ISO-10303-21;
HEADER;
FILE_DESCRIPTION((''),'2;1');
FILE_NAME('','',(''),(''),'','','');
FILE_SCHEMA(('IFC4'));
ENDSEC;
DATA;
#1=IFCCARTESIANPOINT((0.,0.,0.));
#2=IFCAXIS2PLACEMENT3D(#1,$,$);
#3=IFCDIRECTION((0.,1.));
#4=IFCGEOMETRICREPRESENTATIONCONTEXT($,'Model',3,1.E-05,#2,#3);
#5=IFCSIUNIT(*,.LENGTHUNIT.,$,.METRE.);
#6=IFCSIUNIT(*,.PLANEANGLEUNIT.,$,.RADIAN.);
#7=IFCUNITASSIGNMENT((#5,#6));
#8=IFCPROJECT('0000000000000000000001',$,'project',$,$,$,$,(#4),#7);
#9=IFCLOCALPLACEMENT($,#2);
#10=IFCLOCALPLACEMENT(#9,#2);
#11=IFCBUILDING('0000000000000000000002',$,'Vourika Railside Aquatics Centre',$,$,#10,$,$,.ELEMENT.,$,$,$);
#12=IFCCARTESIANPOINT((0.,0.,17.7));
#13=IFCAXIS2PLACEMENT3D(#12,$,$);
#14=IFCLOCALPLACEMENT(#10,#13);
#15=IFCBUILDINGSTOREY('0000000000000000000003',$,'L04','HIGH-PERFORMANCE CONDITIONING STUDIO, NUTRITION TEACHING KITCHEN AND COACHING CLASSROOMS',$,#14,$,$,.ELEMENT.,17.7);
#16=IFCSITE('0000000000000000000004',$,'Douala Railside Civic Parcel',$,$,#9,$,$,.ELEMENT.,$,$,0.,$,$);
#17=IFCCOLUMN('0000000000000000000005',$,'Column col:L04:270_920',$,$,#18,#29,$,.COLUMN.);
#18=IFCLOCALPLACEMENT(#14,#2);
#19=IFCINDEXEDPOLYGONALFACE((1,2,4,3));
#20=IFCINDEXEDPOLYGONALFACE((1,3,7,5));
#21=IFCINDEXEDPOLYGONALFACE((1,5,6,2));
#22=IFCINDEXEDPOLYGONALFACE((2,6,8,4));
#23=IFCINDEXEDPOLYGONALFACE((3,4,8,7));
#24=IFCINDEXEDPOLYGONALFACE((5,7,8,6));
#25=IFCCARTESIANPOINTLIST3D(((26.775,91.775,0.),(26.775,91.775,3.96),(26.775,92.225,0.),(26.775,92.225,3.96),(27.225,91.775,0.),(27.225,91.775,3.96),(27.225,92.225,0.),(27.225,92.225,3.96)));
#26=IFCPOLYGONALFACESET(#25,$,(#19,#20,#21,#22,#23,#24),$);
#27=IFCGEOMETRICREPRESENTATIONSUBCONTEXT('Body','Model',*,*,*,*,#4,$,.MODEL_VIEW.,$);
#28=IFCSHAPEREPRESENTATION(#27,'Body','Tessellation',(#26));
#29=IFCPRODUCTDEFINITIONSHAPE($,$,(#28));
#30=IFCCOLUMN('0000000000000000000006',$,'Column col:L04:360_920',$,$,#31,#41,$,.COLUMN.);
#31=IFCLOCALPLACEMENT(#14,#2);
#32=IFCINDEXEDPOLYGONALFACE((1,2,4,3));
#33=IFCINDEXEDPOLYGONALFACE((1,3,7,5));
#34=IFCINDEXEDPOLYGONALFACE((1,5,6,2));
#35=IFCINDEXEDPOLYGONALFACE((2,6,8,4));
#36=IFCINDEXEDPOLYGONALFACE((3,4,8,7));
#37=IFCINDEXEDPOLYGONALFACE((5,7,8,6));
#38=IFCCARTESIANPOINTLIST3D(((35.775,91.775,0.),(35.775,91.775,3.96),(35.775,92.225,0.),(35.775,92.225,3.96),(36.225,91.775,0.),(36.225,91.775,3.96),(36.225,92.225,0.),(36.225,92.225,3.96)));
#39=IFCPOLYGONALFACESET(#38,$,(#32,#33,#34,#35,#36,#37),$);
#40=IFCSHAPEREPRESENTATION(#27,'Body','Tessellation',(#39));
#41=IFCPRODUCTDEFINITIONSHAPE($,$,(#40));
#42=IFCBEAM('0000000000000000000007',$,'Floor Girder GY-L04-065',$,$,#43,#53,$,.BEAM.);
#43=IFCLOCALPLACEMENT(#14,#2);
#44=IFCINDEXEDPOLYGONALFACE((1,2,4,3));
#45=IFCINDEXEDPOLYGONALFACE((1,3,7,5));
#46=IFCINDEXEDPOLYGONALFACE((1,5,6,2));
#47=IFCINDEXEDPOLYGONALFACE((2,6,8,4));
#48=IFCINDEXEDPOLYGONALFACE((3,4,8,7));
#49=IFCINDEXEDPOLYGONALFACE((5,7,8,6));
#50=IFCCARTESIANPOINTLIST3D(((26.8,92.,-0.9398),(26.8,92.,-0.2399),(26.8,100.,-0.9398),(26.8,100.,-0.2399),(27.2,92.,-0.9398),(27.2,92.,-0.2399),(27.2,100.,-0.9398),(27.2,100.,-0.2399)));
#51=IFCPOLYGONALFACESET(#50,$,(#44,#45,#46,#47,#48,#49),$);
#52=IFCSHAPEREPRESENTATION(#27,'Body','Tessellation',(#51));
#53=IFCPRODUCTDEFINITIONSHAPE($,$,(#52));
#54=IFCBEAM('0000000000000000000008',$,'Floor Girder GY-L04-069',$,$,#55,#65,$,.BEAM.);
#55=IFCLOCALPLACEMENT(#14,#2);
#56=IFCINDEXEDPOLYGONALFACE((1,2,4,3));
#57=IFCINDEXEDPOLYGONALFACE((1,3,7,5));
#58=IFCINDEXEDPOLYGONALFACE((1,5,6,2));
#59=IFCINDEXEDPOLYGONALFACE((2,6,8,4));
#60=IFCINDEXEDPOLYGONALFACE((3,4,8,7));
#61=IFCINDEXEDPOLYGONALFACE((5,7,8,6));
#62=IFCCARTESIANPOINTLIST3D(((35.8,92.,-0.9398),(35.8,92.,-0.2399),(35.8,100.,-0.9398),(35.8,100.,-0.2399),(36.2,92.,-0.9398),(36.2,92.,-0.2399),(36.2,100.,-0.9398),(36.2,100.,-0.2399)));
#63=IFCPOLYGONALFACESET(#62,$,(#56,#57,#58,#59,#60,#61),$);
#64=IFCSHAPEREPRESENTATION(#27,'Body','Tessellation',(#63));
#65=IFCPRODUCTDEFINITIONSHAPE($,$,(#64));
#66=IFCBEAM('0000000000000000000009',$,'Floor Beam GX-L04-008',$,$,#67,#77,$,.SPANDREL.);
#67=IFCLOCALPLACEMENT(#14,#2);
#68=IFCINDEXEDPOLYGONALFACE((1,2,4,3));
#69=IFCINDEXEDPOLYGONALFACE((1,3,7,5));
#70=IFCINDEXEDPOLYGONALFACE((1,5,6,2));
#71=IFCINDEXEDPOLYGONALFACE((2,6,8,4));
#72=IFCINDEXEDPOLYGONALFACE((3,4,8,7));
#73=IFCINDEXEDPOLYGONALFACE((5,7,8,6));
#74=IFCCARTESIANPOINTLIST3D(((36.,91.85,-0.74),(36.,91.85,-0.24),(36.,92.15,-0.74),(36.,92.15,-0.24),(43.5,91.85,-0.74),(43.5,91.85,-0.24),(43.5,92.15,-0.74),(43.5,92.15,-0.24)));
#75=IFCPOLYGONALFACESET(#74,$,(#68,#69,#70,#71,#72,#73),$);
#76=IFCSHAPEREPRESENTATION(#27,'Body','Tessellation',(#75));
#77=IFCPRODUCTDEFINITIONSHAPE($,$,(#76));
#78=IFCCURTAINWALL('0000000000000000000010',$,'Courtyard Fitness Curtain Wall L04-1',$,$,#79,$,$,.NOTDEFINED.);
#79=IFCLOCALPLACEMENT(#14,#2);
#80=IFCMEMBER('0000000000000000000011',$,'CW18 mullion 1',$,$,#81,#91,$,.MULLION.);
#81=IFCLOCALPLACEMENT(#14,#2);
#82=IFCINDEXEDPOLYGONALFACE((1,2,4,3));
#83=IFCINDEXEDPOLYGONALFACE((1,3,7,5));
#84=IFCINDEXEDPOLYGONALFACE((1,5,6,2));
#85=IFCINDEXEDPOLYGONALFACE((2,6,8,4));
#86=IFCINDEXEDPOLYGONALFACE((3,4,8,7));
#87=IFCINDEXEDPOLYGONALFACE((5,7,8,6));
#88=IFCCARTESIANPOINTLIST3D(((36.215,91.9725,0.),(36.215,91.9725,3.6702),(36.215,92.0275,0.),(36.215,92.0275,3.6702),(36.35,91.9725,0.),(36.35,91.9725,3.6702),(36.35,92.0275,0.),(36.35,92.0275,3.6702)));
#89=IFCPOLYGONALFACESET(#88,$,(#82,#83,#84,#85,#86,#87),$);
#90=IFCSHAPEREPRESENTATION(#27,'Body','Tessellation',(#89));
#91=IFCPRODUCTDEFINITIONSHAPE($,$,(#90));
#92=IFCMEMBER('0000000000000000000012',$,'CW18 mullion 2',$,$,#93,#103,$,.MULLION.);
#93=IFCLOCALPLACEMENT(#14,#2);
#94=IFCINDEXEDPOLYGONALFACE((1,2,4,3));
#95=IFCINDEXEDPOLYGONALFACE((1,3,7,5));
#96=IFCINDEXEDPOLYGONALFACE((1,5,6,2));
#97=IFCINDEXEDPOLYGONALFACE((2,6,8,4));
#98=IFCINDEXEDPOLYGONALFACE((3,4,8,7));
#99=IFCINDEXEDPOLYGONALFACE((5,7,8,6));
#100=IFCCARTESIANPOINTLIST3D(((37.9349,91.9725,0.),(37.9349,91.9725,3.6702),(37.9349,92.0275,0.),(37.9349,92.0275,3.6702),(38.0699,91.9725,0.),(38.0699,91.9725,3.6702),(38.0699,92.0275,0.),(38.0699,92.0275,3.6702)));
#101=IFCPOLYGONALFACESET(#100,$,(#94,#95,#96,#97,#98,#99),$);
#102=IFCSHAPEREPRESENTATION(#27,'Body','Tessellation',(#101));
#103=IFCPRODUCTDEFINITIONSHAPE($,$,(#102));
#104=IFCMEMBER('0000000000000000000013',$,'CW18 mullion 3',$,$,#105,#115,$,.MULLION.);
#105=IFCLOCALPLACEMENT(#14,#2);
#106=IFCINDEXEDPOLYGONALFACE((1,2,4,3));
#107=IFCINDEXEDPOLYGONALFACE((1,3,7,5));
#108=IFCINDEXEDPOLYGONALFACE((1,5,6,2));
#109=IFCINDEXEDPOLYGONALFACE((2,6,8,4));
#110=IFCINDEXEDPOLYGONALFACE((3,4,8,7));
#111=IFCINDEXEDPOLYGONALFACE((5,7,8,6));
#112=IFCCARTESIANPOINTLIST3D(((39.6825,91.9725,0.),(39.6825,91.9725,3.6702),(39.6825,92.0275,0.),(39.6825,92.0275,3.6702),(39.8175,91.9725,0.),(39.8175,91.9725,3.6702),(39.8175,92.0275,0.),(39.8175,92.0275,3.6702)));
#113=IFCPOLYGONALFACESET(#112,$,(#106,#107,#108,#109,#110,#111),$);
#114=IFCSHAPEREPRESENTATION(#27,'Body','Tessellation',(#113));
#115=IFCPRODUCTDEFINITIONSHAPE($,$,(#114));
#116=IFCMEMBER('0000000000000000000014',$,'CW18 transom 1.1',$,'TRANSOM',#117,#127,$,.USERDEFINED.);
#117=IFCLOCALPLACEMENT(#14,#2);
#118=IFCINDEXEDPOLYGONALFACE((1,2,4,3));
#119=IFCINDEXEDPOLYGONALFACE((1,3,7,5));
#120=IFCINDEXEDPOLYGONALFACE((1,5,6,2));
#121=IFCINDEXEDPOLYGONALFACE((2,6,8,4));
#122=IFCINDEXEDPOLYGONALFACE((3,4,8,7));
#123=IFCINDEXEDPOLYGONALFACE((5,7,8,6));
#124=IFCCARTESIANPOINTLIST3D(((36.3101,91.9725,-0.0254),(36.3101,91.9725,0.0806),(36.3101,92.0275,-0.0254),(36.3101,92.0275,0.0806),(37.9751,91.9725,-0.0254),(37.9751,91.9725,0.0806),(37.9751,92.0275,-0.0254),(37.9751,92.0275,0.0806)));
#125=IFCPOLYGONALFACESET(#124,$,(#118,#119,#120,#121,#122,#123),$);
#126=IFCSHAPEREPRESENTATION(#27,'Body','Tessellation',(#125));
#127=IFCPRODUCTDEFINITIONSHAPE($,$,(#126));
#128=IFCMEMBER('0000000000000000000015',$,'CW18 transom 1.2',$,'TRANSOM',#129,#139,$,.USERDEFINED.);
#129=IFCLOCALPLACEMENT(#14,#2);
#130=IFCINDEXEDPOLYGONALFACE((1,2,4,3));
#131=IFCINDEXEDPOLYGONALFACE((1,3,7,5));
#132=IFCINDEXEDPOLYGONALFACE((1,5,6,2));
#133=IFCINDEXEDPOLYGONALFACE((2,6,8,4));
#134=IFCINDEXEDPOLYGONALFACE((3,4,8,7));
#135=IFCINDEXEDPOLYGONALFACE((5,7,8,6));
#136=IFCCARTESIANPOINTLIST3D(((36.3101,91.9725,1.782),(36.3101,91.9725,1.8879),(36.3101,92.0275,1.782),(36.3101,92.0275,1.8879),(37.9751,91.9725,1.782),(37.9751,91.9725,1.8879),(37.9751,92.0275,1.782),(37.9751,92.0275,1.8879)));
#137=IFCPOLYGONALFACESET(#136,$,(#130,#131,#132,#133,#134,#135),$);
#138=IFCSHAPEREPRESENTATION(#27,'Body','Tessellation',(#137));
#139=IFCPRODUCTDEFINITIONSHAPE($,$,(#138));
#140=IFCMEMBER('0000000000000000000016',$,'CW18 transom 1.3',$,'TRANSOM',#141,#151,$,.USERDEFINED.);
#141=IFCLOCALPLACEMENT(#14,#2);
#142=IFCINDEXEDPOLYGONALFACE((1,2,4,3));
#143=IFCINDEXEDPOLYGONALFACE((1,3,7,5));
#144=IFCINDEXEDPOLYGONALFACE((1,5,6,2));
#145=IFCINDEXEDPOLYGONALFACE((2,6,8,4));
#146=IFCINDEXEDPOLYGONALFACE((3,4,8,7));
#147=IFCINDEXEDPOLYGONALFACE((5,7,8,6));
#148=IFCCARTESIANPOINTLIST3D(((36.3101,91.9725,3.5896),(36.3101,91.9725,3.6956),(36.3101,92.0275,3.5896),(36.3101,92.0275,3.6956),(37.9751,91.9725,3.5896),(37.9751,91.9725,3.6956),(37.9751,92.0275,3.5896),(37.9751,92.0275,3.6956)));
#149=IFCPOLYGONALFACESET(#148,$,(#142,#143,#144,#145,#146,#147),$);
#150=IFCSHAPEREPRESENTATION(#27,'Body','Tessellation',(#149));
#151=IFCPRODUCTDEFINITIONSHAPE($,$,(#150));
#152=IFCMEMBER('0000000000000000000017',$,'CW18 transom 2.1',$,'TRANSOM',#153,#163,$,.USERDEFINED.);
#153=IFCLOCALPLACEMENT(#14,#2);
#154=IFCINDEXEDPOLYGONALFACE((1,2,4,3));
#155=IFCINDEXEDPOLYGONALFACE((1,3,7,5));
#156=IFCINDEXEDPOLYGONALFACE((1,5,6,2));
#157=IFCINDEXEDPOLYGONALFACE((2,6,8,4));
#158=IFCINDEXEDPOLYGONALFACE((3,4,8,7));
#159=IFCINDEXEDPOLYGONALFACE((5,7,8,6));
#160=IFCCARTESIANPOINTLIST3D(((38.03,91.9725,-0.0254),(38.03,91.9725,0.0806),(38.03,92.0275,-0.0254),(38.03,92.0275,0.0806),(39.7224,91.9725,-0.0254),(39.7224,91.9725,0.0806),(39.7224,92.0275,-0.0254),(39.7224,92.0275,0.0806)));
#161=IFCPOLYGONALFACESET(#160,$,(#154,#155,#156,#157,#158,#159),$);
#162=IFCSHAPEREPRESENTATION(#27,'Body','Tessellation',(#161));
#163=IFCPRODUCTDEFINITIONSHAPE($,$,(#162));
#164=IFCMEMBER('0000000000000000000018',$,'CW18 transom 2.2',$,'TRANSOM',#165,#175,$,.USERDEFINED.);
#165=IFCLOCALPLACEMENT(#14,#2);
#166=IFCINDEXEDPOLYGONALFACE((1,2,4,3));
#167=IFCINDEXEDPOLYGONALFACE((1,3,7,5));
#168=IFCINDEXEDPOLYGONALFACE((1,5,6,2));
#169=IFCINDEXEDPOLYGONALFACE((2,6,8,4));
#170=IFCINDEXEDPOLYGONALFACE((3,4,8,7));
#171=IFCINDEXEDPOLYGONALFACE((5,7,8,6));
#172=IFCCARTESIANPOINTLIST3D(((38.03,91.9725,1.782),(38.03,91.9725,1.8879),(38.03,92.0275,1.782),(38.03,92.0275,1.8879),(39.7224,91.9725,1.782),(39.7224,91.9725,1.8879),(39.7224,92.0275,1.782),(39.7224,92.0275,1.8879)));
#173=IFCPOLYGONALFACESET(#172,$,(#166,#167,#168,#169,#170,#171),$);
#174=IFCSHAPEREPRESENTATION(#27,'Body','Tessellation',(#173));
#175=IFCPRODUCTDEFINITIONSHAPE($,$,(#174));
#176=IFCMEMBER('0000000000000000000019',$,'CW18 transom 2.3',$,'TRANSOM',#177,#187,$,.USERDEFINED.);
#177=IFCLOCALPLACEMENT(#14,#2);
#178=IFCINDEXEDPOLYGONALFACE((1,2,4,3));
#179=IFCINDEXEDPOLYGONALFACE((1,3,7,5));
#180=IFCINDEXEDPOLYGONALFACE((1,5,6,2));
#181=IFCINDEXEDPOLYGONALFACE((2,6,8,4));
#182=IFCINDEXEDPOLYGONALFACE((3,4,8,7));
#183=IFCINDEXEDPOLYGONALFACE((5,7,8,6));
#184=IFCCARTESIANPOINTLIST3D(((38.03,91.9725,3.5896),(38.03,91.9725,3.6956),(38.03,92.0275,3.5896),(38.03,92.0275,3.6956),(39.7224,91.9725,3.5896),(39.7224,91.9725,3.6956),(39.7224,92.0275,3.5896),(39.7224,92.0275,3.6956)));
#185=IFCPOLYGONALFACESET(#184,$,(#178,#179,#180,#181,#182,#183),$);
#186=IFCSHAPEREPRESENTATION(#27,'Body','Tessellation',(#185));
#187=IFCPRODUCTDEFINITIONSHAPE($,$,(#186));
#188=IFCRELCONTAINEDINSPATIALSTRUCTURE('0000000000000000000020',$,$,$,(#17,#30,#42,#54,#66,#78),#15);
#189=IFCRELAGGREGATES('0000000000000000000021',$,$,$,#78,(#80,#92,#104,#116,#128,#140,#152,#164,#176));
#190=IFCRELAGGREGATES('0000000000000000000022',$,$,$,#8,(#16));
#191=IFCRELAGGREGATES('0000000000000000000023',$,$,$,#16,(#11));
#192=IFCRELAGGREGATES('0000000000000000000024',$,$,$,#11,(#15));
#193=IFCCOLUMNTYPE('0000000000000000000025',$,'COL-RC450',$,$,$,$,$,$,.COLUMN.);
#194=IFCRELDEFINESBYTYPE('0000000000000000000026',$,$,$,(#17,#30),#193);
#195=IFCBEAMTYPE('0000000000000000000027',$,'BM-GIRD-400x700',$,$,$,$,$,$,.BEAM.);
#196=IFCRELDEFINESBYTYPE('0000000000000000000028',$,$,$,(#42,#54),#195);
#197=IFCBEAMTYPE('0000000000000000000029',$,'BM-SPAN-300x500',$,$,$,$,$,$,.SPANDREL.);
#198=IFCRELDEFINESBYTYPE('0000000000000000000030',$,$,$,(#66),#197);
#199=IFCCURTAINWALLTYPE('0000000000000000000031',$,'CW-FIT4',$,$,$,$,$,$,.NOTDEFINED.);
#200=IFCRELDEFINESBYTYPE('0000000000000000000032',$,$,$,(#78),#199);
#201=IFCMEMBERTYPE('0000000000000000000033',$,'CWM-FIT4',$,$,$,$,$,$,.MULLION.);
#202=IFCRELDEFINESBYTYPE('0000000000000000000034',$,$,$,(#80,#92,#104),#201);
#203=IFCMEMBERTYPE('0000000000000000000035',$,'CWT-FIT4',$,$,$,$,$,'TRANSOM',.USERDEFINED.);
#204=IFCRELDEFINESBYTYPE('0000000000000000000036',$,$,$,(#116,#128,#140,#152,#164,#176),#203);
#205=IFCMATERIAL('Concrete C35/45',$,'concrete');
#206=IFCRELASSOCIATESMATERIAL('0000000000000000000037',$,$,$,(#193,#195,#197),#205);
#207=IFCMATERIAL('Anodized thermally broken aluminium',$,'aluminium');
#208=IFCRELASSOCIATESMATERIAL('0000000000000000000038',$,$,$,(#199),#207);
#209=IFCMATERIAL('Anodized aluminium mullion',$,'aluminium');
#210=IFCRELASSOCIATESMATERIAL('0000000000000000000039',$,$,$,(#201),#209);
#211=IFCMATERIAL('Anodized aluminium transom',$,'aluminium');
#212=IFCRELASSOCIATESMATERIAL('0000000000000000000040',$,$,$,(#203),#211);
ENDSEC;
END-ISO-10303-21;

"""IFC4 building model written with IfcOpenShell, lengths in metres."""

from ifc_helpers import new_model, si_unit, direction, frame, origin, origin_2d, place, context, subcontext, project, spatial, rectangle, extrude, material, material_profile, profile_set, type_object, element, aggregate, save


model = new_model("IFC4")

# Units and contexts
model_context = context("Model", 3, precision=1e-05, world=origin(), true_north=direction((0.0, 1.0)))
body_context = subcontext(model_context, "Body", "Model", "MODEL_VIEW")
ifc_project = project(units=[si_unit("LENGTHUNIT", "METRE"), si_unit("PLANEANGLEUNIT", "RADIAN")], contexts=[model_context])

# Site, building, storey
site_placement = place(None, origin())
site = spatial("IfcSite", under=ifc_project, at=site_placement, Name="Douala Railside Civic Parcel", CompositionType="ELEMENT", RefElevation=0.0)
building_placement = place(site_placement, origin())
building = spatial("IfcBuilding", under=site, at=building_placement, Name="Vourika Railside Aquatics Centre", CompositionType="ELEMENT")
storey_placement = place(building_placement, frame((0.0, 0.0, 17.7)))
storey = spatial("IfcBuildingStorey", under=building, at=storey_placement, Name="L04", Description="HIGH-PERFORMANCE CONDITIONING STUDIO, NUTRITION TEACHING KITCHEN AND COACHING CLASSROOMS", CompositionType="ELEMENT", Elevation=17.7)

# Columns
ifc_material_1 = material(Name="Concrete C35/45", Category="concrete")
ifc_material_profile_1 = material_profile(ifc_material_1, rectangle(XDim=0.45, YDim=0.45, at=origin_2d()), Name="RC 450x450")
ifc_profile_set_1 = profile_set([ifc_material_profile_1], Name="Concrete C35/45")
column_type = type_object("IfcColumnType", Name="COL-RC450", PredefinedType="COLUMN", material=ifc_profile_set_1)
for number, where, z_axis, x_axis, name in (
    (1, (27.0, 92.0, 0.0), (0.0, 0.0, 1.0), (1.0, 0.0, 0.0), "Column col:L04:270_920"),
    (2, (36.0, 92.0, 0.0), (0.0, 0.0, 1.0), (1.0, 0.0, 0.0), "Column col:L04:360_920"),
):
    element("IfcColumn", number, at=place(storey_placement, frame(where, z_axis=z_axis, x_axis=x_axis)), inside=storey, type_object=column_type, Name=name, PredefinedType="COLUMN", context=body_context, shape_type="SweptSolid", body=[
        extrude(rectangle(XDim=0.45, YDim=0.45, at=origin_2d()), origin(), (0.0, 0.0, 1.0), 3.96),
    ])

# Beams
ifc_material_profile_2 = material_profile(ifc_material_1, rectangle(XDim=0.3999, YDim=0.7, at=origin_2d()), Name="RC 400x700")
ifc_profile_set_2 = profile_set([ifc_material_profile_2], Name="Concrete C35/45")
beam_type_1 = type_object("IfcBeamType", Name="BM-GIRD-400x700", PredefinedType="BEAM", material=ifc_profile_set_2)
for number, where, z_axis, x_axis, name in (
    (3, (27.0, 92.0, -0.5898), (0.0, 1.0, 0.0), (-1.0, 0.0, 0.0), "Floor Girder GY-L04-065"),
    (4, (36.0, 92.0, -0.5898), (0.0, 1.0, 0.0), (-1.0, 0.0, 0.0), "Floor Girder GY-L04-069"),
):
    element("IfcBeam", number, at=place(storey_placement, frame(where, z_axis=z_axis, x_axis=x_axis)), inside=storey, type_object=beam_type_1, Name=name, PredefinedType="BEAM", context=body_context, shape_type="SweptSolid", body=[
        extrude(rectangle(XDim=0.3999, YDim=0.7, at=origin_2d()), origin(), (0.0, 0.0, 1.0), 8.0),
    ])
ifc_material_profile_3 = material_profile(ifc_material_1, rectangle(XDim=0.3, YDim=0.5, at=origin_2d()), Name="RC 300x500")
ifc_profile_set_3 = profile_set([ifc_material_profile_3], Name="Concrete C35/45")
beam_type_2 = type_object("IfcBeamType", Name="BM-SPAN-300x500", PredefinedType="SPANDREL", material=ifc_profile_set_3)
beam_placement = place(storey_placement, frame((36.0, 92.0, -0.49), z_axis=(1.0, 0.0, 0.0), x_axis=(0.0, 1.0, 0.0)))
element("IfcBeam", 5, at=beam_placement, inside=storey, type_object=beam_type_2, Name="Floor Beam GX-L04-008", PredefinedType="SPANDREL", context=body_context, shape_type="SweptSolid", body=[
    extrude(rectangle(XDim=0.3, YDim=0.5, at=origin_2d()), origin(), (0.0, 0.0, 1.0), 7.5),
])

# Curtain wall, members
ifc_material_2 = material(Name="Anodized thermally broken aluminium", Category="aluminium")
curtain_wall_type = type_object("IfcCurtainWallType", Name="CW-FIT4", PredefinedType="NOTDEFINED", material=ifc_material_2)
curtain_wall_placement = place(storey_placement, origin())
curtain_wall = element("IfcCurtainWall", 6, at=curtain_wall_placement, inside=storey, type_object=curtain_wall_type, Name="Courtyard Fitness Curtain Wall L04-1", PredefinedType="NOTDEFINED")
ifc_material_3 = material(Name="Anodized aluminium mullion", Category="aluminium")
ifc_material_profile_4 = material_profile(ifc_material_3, rectangle(XDim=0.0549, YDim=0.135, at=origin_2d()), Name="ALU-M 55x135")
ifc_profile_set_4 = profile_set([ifc_material_profile_4], Name="Anodized aluminium mullion")
member_type_1 = type_object("IfcMemberType", Name="CWM-FIT4", PredefinedType="MULLION", material=ifc_profile_set_4)
member_1_placement = place(storey_placement, frame((36.2825, 92.0, 0.0), z_axis=(0.0, 0.0, 1.0), x_axis=(0.0, 1.0, 0.0)))
member_1 = element("IfcMember", 7, at=member_1_placement, type_object=member_type_1, Name="CW18 mullion 1", PredefinedType="MULLION", context=body_context, shape_type="SweptSolid", body=[
    extrude(rectangle(XDim=0.0549, YDim=0.135, at=origin_2d()), origin(), (0.0, 0.0, 1.0), 3.6702),
])
member_2_placement = place(storey_placement, frame((38.0024, 92.0, 0.0), z_axis=(0.0, 0.0, 1.0), x_axis=(0.0, 1.0, 0.0)))
member_2 = element("IfcMember", 8, at=member_2_placement, type_object=member_type_1, Name="CW18 mullion 2", PredefinedType="MULLION", context=body_context, shape_type="SweptSolid", body=[
    extrude(rectangle(XDim=0.0549, YDim=0.135, at=origin_2d()), origin(), (0.0, 0.0, 1.0), 3.6702),
])
member_3_placement = place(storey_placement, frame((39.75, 92.0, 0.0), z_axis=(0.0, 0.0, 1.0), x_axis=(0.0, 1.0, 0.0)))
member_3 = element("IfcMember", 9, at=member_3_placement, type_object=member_type_1, Name="CW18 mullion 3", PredefinedType="MULLION", context=body_context, shape_type="SweptSolid", body=[
    extrude(rectangle(XDim=0.0549, YDim=0.135, at=origin_2d()), origin(), (0.0, 0.0, 1.0), 3.6702),
])
ifc_material_4 = material(Name="Anodized aluminium transom", Category="aluminium")
ifc_material_profile_5 = material_profile(ifc_material_4, rectangle(XDim=0.0549, YDim=0.106, at=origin_2d()), Name="ALU-T 55x106")
ifc_profile_set_5 = profile_set([ifc_material_profile_5], Name="Anodized aluminium transom")
member_type_2 = type_object("IfcMemberType", Name="CWT-FIT4", ElementType="TRANSOM", PredefinedType="USERDEFINED", material=ifc_profile_set_5)
member_4_placement = place(storey_placement, frame((36.3101, 92.0, 0.0276), z_axis=(1.0, 0.0, 0.0), x_axis=(0.0, 1.0, 0.0)))
member_4 = element("IfcMember", 10, at=member_4_placement, type_object=member_type_2, Name="CW18 transom 1.1", ObjectType="TRANSOM", PredefinedType="USERDEFINED", context=body_context, shape_type="SweptSolid", body=[
    extrude(rectangle(XDim=0.0549, YDim=0.106, at=origin_2d()), origin(), (0.0, 0.0, 1.0), 1.665),
])
member_5_placement = place(storey_placement, frame((36.3101, 92.0, 1.835), z_axis=(1.0, 0.0, 0.0), x_axis=(0.0, 1.0, 0.0)))
member_5 = element("IfcMember", 11, at=member_5_placement, type_object=member_type_2, Name="CW18 transom 1.2", ObjectType="TRANSOM", PredefinedType="USERDEFINED", context=body_context, shape_type="SweptSolid", body=[
    extrude(rectangle(XDim=0.0549, YDim=0.106, at=origin_2d()), origin(), (0.0, 0.0, 1.0), 1.665),
])
member_6_placement = place(storey_placement, frame((36.3101, 92.0, 3.6426), z_axis=(1.0, 0.0, 0.0), x_axis=(0.0, 1.0, 0.0)))
member_6 = element("IfcMember", 12, at=member_6_placement, type_object=member_type_2, Name="CW18 transom 1.3", ObjectType="TRANSOM", PredefinedType="USERDEFINED", context=body_context, shape_type="SweptSolid", body=[
    extrude(rectangle(XDim=0.0549, YDim=0.106, at=origin_2d()), origin(), (0.0, 0.0, 1.0), 1.665),
])
member_7_placement = place(storey_placement, frame((38.03, 92.0, 0.0276), z_axis=(1.0, 0.0, 0.0), x_axis=(0.0, 1.0, 0.0)))
member_7 = element("IfcMember", 13, at=member_7_placement, type_object=member_type_2, Name="CW18 transom 2.1", ObjectType="TRANSOM", PredefinedType="USERDEFINED", context=body_context, shape_type="SweptSolid", body=[
    extrude(rectangle(XDim=0.0549, YDim=0.106, at=origin_2d()), origin(), (0.0, 0.0, 1.0), 1.6924),
])
member_8_placement = place(storey_placement, frame((38.03, 92.0, 1.835), z_axis=(1.0, 0.0, 0.0), x_axis=(0.0, 1.0, 0.0)))
member_8 = element("IfcMember", 14, at=member_8_placement, type_object=member_type_2, Name="CW18 transom 2.2", ObjectType="TRANSOM", PredefinedType="USERDEFINED", context=body_context, shape_type="SweptSolid", body=[
    extrude(rectangle(XDim=0.0549, YDim=0.106, at=origin_2d()), origin(), (0.0, 0.0, 1.0), 1.6924),
])
member_9_placement = place(storey_placement, frame((38.03, 92.0, 3.6426), z_axis=(1.0, 0.0, 0.0), x_axis=(0.0, 1.0, 0.0)))
member_9 = element("IfcMember", 15, at=member_9_placement, type_object=member_type_2, Name="CW18 transom 2.3", ObjectType="TRANSOM", PredefinedType="USERDEFINED", context=body_context, shape_type="SweptSolid", body=[
    extrude(rectangle(XDim=0.0549, YDim=0.106, at=origin_2d()), origin(), (0.0, 0.0, 1.0), 1.6924),
])
aggregate(curtain_wall, [member_1, member_2, member_3, member_4, member_5, member_6, member_7, member_8, member_9])

save(model, "model.ifc")
